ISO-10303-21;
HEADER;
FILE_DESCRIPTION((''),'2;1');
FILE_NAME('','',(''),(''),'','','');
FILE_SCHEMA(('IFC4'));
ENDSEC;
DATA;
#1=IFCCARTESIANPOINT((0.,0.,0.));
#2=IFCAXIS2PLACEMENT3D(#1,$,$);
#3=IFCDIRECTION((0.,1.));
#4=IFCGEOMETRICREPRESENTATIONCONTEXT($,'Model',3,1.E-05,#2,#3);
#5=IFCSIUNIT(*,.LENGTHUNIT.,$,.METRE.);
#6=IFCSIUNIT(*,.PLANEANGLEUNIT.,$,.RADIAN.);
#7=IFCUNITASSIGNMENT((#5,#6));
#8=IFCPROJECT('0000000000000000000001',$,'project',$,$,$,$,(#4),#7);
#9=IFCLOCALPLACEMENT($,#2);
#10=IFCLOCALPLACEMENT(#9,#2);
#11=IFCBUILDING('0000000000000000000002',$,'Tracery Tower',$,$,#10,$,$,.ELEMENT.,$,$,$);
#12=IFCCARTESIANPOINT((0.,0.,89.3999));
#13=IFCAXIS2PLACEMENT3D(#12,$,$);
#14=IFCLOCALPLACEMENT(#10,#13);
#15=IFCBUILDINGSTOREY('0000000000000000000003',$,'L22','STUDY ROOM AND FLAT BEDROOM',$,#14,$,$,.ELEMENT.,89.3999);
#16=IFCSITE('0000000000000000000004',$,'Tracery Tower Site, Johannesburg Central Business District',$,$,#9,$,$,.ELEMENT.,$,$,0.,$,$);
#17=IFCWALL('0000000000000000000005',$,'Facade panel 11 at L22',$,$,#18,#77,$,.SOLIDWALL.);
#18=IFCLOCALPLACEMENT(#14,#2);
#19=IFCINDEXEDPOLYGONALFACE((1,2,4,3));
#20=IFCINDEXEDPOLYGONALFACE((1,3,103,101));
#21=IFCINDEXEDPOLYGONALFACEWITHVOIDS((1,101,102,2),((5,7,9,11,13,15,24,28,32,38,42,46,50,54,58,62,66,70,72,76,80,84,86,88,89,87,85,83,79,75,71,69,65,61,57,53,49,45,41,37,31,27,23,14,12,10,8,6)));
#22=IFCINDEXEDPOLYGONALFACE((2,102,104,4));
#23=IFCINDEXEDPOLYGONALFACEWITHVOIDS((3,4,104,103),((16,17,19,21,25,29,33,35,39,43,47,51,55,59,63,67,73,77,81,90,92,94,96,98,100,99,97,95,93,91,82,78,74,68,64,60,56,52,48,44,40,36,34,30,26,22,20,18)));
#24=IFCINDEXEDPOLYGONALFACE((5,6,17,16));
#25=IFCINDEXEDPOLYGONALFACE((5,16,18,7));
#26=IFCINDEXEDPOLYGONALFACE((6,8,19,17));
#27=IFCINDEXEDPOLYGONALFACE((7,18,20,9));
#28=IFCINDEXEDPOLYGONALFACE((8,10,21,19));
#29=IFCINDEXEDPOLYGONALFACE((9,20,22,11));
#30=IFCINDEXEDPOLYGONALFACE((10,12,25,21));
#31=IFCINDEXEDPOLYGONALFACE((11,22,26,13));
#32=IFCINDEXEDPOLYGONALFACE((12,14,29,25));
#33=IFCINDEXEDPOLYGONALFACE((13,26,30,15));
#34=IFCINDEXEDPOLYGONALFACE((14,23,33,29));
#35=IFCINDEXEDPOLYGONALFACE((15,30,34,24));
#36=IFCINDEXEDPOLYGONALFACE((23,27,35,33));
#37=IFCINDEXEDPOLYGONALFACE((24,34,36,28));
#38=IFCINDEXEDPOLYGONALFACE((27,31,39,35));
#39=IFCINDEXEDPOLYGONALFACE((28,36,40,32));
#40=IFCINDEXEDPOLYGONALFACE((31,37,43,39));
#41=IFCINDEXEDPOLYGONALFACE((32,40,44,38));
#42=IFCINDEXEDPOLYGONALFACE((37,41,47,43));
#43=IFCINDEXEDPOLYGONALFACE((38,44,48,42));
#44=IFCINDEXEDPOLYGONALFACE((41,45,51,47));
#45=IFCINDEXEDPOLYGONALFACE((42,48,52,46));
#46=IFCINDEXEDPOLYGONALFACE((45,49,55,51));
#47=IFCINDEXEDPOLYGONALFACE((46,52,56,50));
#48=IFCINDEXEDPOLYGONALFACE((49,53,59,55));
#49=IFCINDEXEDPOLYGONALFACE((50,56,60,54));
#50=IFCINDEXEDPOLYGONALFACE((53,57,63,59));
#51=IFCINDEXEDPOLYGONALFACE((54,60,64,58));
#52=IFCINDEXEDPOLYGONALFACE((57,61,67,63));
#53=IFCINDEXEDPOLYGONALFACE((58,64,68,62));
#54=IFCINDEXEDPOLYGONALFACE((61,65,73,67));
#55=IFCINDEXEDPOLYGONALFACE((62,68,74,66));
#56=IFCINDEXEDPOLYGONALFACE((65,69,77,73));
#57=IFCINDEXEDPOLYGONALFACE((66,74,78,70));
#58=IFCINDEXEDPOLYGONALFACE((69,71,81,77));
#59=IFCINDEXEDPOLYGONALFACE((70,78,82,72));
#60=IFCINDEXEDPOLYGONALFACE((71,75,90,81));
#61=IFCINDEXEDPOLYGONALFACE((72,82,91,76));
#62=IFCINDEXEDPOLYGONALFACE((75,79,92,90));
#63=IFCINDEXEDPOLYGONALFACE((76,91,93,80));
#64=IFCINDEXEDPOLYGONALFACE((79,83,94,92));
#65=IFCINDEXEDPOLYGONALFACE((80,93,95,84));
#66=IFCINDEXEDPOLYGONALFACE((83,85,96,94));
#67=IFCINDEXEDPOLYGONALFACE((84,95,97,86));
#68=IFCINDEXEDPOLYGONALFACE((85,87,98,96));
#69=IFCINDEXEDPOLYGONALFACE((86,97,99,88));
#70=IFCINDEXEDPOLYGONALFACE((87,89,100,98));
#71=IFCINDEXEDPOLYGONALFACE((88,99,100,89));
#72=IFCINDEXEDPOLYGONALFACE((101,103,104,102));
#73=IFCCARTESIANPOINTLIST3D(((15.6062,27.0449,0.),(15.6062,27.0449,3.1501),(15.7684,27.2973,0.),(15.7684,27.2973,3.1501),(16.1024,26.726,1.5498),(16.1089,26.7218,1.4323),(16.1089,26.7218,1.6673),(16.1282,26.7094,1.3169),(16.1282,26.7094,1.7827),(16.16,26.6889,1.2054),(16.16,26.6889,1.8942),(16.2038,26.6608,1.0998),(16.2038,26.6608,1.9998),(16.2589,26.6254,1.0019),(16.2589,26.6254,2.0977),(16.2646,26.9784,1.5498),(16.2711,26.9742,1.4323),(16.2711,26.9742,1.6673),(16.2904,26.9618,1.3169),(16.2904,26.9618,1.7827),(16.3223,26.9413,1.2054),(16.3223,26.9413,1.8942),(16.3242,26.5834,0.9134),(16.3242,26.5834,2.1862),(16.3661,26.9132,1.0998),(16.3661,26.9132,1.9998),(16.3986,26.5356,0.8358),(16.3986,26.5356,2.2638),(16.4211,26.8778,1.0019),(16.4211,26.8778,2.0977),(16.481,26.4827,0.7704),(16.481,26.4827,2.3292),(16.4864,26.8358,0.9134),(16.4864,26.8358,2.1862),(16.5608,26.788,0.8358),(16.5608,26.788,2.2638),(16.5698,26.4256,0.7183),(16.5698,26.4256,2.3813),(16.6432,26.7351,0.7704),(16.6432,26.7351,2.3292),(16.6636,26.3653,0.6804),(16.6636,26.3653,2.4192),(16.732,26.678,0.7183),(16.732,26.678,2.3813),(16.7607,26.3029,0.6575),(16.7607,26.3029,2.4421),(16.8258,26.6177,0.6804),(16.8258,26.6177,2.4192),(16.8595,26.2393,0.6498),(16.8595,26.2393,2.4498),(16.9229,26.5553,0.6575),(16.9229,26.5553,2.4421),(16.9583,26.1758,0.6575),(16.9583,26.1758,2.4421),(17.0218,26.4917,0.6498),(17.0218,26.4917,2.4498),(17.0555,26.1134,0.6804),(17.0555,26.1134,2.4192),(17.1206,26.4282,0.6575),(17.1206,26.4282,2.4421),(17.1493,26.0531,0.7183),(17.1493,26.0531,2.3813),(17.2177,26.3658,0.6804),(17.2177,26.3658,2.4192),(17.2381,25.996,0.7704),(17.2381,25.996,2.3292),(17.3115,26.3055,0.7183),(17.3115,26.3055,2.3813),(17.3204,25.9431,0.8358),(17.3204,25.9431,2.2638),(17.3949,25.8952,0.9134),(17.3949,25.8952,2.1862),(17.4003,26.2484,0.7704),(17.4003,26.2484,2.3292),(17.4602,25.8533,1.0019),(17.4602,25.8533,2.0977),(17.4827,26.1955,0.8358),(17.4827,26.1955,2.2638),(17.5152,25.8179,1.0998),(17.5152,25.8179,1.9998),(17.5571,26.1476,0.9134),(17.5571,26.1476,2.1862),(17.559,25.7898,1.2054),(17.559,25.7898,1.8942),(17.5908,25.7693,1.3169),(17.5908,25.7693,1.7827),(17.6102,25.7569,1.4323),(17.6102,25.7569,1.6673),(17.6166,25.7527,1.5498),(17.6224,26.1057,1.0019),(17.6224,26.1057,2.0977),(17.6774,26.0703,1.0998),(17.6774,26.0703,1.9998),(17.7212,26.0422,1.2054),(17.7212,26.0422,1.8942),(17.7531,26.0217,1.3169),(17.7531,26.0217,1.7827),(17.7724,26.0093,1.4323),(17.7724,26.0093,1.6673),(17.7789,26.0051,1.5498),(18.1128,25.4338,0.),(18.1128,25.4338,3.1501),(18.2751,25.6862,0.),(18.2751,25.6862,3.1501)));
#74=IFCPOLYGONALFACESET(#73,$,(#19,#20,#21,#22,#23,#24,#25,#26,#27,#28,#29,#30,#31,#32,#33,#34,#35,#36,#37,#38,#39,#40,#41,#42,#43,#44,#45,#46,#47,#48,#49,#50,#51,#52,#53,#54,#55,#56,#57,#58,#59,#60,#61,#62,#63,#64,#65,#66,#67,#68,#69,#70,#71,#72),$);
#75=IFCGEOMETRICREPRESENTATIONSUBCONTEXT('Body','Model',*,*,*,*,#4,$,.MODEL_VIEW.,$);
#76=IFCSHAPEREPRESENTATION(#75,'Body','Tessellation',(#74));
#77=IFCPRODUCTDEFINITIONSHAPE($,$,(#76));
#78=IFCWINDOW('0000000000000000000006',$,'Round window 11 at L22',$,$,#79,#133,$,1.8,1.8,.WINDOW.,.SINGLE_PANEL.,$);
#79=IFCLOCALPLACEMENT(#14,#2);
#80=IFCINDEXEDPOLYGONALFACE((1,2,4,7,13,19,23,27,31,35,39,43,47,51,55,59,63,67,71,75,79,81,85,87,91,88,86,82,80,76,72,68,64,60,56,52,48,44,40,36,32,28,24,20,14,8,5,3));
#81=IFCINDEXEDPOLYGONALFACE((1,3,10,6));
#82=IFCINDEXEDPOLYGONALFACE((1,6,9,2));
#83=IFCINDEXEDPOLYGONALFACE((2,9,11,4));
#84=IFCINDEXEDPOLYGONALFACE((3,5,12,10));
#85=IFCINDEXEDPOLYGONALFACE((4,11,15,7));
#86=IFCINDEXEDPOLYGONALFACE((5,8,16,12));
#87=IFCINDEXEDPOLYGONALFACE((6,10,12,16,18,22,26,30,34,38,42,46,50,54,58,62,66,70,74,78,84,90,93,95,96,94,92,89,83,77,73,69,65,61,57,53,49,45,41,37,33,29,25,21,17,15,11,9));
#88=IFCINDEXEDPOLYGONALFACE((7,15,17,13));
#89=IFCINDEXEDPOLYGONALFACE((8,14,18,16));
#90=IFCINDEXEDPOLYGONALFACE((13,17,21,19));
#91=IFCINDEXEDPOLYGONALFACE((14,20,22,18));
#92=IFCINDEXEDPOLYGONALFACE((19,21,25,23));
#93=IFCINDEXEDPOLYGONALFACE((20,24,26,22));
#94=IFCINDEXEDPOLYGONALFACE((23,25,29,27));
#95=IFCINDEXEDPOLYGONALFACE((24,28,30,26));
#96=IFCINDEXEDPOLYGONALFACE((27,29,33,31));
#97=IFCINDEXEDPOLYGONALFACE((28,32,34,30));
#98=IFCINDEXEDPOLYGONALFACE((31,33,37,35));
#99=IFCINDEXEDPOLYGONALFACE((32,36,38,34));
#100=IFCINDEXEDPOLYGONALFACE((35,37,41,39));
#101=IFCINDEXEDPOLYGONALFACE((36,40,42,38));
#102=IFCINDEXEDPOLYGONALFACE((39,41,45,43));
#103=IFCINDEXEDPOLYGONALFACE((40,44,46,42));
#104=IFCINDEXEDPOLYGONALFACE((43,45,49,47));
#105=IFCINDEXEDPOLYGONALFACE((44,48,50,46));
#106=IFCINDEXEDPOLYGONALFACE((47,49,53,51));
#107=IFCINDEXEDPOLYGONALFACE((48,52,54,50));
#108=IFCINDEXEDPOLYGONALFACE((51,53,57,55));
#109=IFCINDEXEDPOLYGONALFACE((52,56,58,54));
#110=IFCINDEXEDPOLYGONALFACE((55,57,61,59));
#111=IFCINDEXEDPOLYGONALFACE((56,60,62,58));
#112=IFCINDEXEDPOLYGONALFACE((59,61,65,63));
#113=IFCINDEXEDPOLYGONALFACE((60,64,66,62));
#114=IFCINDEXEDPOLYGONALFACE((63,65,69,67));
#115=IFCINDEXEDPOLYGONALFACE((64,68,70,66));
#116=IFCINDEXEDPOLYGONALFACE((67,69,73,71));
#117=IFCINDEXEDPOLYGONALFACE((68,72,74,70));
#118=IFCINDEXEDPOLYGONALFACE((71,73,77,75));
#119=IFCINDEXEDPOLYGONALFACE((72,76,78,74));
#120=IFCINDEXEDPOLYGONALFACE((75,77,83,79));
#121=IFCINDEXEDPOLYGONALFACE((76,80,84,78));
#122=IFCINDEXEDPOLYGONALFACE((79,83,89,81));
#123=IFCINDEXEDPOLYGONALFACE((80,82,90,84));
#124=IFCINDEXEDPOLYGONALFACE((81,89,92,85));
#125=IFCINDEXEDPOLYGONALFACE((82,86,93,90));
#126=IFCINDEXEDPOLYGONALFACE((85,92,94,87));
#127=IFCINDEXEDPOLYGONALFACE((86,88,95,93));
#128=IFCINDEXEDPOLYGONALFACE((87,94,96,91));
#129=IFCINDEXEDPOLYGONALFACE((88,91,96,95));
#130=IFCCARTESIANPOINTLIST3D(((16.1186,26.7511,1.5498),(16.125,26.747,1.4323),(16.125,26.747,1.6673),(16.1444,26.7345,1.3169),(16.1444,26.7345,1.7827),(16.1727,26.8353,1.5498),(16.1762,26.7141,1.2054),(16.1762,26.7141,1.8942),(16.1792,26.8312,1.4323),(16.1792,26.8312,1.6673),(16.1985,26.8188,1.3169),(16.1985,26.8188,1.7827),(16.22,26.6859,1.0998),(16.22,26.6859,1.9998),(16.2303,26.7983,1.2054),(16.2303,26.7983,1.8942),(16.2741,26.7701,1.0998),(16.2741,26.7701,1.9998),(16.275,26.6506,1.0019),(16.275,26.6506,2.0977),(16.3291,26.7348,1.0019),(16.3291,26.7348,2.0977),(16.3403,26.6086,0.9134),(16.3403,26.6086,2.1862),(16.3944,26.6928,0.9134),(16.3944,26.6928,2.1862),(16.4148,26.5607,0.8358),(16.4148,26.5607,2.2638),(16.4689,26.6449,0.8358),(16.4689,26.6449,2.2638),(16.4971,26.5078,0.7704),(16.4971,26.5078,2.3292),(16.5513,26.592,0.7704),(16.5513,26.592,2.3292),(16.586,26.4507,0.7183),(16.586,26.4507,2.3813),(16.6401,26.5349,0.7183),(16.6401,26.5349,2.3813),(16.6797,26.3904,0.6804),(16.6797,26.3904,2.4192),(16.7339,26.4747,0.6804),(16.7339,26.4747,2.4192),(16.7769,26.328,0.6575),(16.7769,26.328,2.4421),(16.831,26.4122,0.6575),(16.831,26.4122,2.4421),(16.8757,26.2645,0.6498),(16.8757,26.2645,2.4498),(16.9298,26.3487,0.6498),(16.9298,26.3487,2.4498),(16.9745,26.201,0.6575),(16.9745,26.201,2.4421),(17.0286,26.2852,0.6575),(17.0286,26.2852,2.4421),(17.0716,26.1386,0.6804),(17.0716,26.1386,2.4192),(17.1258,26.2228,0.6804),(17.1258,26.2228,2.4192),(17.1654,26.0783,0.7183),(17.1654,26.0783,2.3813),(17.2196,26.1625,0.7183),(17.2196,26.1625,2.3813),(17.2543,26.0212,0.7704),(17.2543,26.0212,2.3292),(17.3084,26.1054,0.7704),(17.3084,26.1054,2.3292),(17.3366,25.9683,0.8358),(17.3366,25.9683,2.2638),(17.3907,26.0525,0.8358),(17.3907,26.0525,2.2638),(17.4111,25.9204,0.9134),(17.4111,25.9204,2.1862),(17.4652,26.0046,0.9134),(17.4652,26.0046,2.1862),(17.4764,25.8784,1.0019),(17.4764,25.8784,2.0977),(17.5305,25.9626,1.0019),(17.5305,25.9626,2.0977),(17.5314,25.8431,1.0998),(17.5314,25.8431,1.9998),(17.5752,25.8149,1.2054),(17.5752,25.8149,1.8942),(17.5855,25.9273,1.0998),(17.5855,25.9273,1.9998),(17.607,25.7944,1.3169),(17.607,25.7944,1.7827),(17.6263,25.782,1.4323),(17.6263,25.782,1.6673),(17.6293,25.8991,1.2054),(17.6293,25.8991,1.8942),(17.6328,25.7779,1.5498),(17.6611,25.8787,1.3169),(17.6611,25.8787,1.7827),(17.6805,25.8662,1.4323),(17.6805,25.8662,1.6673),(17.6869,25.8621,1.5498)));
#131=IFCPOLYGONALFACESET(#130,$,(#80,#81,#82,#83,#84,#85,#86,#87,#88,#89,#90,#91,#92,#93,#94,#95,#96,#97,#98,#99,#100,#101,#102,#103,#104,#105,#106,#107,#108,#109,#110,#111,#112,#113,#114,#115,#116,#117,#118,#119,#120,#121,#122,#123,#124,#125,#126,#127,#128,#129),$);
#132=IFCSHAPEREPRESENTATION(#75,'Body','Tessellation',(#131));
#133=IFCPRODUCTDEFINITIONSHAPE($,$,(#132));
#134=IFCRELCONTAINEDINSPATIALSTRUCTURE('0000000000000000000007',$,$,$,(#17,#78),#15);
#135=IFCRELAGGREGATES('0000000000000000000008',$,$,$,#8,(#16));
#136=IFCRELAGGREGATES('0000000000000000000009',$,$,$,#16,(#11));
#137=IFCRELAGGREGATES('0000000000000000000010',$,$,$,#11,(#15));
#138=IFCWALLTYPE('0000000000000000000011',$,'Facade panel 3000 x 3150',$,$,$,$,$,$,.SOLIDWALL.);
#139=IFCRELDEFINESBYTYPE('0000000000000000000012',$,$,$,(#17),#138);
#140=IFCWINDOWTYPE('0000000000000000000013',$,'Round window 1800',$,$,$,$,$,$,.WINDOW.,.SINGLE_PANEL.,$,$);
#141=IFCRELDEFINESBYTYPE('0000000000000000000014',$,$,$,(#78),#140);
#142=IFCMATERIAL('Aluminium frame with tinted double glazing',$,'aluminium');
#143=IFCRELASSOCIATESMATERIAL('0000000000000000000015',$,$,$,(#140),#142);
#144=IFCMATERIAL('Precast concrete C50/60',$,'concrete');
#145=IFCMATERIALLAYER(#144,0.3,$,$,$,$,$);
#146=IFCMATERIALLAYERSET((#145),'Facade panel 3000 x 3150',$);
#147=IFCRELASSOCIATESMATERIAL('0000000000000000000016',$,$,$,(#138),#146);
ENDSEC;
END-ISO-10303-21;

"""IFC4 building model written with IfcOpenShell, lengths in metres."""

from ifc_helpers import new_model, si_unit, direction, frame, frame_2d, origin, origin_2d, place, context, subcontext, project, spatial, rectangle, circle, extrude, material, layer, layer_set, type_object, element, fill, save


model = new_model("IFC4")

# Units and contexts
model_context = context("Model", 3, precision=1e-05, world=origin(), true_north=direction((0.0, 1.0)))
body_context = subcontext(model_context, "Body", "Model", "MODEL_VIEW")
ifc_project = project(units=[si_unit("LENGTHUNIT", "METRE"), si_unit("PLANEANGLEUNIT", "RADIAN")], contexts=[model_context])

# Site, building, storey
site_placement = place(None, origin())
site = spatial("IfcSite", under=ifc_project, at=site_placement, Name="Tracery Tower Site, Johannesburg Central Business District", CompositionType="ELEMENT", RefElevation=0.0)
building_placement = place(site_placement, origin())
building = spatial("IfcBuilding", under=site, at=building_placement, Name="Tracery Tower", CompositionType="ELEMENT")
storey_placement = place(building_placement, frame((0.0, 0.0, 89.3999)))
storey = spatial("IfcBuildingStorey", under=building, at=storey_placement, Name="L22", Description="STUDY ROOM AND FLAT BEDROOM", CompositionType="ELEMENT", Elevation=89.3999)

# Wall, opening, window
ifc_material_1 = material(Name="Aluminium frame with tinted double glazing", Category="aluminium")
window_type = type_object("IfcWindowType", Name="Round window 1800", PartitioningType="SINGLE_PANEL", PredefinedType="WINDOW", material=ifc_material_1)
ifc_material_2 = material(Name="Precast concrete C50/60", Category="concrete")
ifc_layer_1 = layer(ifc_material_2, 0.3)
ifc_layer_set_1 = layer_set([ifc_layer_1], Name="Facade panel 3000 x 3150")
wall_type_1 = type_object("IfcWallType", Name="Facade panel 3000 x 3150", PredefinedType="SOLIDWALL", material=ifc_layer_set_1)
wall_1_placement = place(storey_placement, frame((18.1938, 25.5601, 0.0), z_axis=(0.0, 0.0, 1.0), x_axis=(-0.841224, 0.540687, 0.0)))
wall_1 = element("IfcWall", 1, at=wall_1_placement, inside=storey, type_object=wall_type_1, Name="Facade panel 11 at L22", PredefinedType="SOLIDWALL", context=body_context, shape_type="SweptSolid", body=[
    extrude(rectangle(XDim=2.9797, YDim=0.3, at=frame_2d((1.4897, 0.0))), origin(), (0.0, 0.0, 1.0), 3.1501),
])
opening_1_placement = place(wall_1_placement, frame((1.4897, 0.0, 1.5498)))
opening_1 = element("IfcOpeningElement", 2, at=opening_1_placement, cuts=wall_1, PredefinedType="OPENING", context=body_context, shape_type="SweptSolid", body=[
    extrude(circle(Radius=0.9, at=origin_2d()), frame((0.0, 0.1599, 0.0), z_axis=(0.0, -1.0, 0.0), x_axis=(1.0, 0.0, 0.0)), (0.0, 0.0, 1.0), 0.3201),
])
window_1_placement = place(opening_1_placement, origin())
window_1 = element("IfcWindow", 3, at=window_1_placement, inside=storey, type_object=window_type, Name="Round window 11 at L22", OverallHeight=1.8, OverallWidth=1.8, PartitioningType="SINGLE_PANEL", PredefinedType="WINDOW", context=body_context, shape_type="SweptSolid", body=[
    extrude(circle(Radius=0.9, at=origin_2d()), frame((0.0, 0.1201, 0.0), z_axis=(0.0, -1.0, 0.0), x_axis=(1.0, 0.0, 0.0)), (0.0, 0.0, 1.0), 0.1001),
])
fill(opening_1, window_1)

save(model, "model.ifc")
